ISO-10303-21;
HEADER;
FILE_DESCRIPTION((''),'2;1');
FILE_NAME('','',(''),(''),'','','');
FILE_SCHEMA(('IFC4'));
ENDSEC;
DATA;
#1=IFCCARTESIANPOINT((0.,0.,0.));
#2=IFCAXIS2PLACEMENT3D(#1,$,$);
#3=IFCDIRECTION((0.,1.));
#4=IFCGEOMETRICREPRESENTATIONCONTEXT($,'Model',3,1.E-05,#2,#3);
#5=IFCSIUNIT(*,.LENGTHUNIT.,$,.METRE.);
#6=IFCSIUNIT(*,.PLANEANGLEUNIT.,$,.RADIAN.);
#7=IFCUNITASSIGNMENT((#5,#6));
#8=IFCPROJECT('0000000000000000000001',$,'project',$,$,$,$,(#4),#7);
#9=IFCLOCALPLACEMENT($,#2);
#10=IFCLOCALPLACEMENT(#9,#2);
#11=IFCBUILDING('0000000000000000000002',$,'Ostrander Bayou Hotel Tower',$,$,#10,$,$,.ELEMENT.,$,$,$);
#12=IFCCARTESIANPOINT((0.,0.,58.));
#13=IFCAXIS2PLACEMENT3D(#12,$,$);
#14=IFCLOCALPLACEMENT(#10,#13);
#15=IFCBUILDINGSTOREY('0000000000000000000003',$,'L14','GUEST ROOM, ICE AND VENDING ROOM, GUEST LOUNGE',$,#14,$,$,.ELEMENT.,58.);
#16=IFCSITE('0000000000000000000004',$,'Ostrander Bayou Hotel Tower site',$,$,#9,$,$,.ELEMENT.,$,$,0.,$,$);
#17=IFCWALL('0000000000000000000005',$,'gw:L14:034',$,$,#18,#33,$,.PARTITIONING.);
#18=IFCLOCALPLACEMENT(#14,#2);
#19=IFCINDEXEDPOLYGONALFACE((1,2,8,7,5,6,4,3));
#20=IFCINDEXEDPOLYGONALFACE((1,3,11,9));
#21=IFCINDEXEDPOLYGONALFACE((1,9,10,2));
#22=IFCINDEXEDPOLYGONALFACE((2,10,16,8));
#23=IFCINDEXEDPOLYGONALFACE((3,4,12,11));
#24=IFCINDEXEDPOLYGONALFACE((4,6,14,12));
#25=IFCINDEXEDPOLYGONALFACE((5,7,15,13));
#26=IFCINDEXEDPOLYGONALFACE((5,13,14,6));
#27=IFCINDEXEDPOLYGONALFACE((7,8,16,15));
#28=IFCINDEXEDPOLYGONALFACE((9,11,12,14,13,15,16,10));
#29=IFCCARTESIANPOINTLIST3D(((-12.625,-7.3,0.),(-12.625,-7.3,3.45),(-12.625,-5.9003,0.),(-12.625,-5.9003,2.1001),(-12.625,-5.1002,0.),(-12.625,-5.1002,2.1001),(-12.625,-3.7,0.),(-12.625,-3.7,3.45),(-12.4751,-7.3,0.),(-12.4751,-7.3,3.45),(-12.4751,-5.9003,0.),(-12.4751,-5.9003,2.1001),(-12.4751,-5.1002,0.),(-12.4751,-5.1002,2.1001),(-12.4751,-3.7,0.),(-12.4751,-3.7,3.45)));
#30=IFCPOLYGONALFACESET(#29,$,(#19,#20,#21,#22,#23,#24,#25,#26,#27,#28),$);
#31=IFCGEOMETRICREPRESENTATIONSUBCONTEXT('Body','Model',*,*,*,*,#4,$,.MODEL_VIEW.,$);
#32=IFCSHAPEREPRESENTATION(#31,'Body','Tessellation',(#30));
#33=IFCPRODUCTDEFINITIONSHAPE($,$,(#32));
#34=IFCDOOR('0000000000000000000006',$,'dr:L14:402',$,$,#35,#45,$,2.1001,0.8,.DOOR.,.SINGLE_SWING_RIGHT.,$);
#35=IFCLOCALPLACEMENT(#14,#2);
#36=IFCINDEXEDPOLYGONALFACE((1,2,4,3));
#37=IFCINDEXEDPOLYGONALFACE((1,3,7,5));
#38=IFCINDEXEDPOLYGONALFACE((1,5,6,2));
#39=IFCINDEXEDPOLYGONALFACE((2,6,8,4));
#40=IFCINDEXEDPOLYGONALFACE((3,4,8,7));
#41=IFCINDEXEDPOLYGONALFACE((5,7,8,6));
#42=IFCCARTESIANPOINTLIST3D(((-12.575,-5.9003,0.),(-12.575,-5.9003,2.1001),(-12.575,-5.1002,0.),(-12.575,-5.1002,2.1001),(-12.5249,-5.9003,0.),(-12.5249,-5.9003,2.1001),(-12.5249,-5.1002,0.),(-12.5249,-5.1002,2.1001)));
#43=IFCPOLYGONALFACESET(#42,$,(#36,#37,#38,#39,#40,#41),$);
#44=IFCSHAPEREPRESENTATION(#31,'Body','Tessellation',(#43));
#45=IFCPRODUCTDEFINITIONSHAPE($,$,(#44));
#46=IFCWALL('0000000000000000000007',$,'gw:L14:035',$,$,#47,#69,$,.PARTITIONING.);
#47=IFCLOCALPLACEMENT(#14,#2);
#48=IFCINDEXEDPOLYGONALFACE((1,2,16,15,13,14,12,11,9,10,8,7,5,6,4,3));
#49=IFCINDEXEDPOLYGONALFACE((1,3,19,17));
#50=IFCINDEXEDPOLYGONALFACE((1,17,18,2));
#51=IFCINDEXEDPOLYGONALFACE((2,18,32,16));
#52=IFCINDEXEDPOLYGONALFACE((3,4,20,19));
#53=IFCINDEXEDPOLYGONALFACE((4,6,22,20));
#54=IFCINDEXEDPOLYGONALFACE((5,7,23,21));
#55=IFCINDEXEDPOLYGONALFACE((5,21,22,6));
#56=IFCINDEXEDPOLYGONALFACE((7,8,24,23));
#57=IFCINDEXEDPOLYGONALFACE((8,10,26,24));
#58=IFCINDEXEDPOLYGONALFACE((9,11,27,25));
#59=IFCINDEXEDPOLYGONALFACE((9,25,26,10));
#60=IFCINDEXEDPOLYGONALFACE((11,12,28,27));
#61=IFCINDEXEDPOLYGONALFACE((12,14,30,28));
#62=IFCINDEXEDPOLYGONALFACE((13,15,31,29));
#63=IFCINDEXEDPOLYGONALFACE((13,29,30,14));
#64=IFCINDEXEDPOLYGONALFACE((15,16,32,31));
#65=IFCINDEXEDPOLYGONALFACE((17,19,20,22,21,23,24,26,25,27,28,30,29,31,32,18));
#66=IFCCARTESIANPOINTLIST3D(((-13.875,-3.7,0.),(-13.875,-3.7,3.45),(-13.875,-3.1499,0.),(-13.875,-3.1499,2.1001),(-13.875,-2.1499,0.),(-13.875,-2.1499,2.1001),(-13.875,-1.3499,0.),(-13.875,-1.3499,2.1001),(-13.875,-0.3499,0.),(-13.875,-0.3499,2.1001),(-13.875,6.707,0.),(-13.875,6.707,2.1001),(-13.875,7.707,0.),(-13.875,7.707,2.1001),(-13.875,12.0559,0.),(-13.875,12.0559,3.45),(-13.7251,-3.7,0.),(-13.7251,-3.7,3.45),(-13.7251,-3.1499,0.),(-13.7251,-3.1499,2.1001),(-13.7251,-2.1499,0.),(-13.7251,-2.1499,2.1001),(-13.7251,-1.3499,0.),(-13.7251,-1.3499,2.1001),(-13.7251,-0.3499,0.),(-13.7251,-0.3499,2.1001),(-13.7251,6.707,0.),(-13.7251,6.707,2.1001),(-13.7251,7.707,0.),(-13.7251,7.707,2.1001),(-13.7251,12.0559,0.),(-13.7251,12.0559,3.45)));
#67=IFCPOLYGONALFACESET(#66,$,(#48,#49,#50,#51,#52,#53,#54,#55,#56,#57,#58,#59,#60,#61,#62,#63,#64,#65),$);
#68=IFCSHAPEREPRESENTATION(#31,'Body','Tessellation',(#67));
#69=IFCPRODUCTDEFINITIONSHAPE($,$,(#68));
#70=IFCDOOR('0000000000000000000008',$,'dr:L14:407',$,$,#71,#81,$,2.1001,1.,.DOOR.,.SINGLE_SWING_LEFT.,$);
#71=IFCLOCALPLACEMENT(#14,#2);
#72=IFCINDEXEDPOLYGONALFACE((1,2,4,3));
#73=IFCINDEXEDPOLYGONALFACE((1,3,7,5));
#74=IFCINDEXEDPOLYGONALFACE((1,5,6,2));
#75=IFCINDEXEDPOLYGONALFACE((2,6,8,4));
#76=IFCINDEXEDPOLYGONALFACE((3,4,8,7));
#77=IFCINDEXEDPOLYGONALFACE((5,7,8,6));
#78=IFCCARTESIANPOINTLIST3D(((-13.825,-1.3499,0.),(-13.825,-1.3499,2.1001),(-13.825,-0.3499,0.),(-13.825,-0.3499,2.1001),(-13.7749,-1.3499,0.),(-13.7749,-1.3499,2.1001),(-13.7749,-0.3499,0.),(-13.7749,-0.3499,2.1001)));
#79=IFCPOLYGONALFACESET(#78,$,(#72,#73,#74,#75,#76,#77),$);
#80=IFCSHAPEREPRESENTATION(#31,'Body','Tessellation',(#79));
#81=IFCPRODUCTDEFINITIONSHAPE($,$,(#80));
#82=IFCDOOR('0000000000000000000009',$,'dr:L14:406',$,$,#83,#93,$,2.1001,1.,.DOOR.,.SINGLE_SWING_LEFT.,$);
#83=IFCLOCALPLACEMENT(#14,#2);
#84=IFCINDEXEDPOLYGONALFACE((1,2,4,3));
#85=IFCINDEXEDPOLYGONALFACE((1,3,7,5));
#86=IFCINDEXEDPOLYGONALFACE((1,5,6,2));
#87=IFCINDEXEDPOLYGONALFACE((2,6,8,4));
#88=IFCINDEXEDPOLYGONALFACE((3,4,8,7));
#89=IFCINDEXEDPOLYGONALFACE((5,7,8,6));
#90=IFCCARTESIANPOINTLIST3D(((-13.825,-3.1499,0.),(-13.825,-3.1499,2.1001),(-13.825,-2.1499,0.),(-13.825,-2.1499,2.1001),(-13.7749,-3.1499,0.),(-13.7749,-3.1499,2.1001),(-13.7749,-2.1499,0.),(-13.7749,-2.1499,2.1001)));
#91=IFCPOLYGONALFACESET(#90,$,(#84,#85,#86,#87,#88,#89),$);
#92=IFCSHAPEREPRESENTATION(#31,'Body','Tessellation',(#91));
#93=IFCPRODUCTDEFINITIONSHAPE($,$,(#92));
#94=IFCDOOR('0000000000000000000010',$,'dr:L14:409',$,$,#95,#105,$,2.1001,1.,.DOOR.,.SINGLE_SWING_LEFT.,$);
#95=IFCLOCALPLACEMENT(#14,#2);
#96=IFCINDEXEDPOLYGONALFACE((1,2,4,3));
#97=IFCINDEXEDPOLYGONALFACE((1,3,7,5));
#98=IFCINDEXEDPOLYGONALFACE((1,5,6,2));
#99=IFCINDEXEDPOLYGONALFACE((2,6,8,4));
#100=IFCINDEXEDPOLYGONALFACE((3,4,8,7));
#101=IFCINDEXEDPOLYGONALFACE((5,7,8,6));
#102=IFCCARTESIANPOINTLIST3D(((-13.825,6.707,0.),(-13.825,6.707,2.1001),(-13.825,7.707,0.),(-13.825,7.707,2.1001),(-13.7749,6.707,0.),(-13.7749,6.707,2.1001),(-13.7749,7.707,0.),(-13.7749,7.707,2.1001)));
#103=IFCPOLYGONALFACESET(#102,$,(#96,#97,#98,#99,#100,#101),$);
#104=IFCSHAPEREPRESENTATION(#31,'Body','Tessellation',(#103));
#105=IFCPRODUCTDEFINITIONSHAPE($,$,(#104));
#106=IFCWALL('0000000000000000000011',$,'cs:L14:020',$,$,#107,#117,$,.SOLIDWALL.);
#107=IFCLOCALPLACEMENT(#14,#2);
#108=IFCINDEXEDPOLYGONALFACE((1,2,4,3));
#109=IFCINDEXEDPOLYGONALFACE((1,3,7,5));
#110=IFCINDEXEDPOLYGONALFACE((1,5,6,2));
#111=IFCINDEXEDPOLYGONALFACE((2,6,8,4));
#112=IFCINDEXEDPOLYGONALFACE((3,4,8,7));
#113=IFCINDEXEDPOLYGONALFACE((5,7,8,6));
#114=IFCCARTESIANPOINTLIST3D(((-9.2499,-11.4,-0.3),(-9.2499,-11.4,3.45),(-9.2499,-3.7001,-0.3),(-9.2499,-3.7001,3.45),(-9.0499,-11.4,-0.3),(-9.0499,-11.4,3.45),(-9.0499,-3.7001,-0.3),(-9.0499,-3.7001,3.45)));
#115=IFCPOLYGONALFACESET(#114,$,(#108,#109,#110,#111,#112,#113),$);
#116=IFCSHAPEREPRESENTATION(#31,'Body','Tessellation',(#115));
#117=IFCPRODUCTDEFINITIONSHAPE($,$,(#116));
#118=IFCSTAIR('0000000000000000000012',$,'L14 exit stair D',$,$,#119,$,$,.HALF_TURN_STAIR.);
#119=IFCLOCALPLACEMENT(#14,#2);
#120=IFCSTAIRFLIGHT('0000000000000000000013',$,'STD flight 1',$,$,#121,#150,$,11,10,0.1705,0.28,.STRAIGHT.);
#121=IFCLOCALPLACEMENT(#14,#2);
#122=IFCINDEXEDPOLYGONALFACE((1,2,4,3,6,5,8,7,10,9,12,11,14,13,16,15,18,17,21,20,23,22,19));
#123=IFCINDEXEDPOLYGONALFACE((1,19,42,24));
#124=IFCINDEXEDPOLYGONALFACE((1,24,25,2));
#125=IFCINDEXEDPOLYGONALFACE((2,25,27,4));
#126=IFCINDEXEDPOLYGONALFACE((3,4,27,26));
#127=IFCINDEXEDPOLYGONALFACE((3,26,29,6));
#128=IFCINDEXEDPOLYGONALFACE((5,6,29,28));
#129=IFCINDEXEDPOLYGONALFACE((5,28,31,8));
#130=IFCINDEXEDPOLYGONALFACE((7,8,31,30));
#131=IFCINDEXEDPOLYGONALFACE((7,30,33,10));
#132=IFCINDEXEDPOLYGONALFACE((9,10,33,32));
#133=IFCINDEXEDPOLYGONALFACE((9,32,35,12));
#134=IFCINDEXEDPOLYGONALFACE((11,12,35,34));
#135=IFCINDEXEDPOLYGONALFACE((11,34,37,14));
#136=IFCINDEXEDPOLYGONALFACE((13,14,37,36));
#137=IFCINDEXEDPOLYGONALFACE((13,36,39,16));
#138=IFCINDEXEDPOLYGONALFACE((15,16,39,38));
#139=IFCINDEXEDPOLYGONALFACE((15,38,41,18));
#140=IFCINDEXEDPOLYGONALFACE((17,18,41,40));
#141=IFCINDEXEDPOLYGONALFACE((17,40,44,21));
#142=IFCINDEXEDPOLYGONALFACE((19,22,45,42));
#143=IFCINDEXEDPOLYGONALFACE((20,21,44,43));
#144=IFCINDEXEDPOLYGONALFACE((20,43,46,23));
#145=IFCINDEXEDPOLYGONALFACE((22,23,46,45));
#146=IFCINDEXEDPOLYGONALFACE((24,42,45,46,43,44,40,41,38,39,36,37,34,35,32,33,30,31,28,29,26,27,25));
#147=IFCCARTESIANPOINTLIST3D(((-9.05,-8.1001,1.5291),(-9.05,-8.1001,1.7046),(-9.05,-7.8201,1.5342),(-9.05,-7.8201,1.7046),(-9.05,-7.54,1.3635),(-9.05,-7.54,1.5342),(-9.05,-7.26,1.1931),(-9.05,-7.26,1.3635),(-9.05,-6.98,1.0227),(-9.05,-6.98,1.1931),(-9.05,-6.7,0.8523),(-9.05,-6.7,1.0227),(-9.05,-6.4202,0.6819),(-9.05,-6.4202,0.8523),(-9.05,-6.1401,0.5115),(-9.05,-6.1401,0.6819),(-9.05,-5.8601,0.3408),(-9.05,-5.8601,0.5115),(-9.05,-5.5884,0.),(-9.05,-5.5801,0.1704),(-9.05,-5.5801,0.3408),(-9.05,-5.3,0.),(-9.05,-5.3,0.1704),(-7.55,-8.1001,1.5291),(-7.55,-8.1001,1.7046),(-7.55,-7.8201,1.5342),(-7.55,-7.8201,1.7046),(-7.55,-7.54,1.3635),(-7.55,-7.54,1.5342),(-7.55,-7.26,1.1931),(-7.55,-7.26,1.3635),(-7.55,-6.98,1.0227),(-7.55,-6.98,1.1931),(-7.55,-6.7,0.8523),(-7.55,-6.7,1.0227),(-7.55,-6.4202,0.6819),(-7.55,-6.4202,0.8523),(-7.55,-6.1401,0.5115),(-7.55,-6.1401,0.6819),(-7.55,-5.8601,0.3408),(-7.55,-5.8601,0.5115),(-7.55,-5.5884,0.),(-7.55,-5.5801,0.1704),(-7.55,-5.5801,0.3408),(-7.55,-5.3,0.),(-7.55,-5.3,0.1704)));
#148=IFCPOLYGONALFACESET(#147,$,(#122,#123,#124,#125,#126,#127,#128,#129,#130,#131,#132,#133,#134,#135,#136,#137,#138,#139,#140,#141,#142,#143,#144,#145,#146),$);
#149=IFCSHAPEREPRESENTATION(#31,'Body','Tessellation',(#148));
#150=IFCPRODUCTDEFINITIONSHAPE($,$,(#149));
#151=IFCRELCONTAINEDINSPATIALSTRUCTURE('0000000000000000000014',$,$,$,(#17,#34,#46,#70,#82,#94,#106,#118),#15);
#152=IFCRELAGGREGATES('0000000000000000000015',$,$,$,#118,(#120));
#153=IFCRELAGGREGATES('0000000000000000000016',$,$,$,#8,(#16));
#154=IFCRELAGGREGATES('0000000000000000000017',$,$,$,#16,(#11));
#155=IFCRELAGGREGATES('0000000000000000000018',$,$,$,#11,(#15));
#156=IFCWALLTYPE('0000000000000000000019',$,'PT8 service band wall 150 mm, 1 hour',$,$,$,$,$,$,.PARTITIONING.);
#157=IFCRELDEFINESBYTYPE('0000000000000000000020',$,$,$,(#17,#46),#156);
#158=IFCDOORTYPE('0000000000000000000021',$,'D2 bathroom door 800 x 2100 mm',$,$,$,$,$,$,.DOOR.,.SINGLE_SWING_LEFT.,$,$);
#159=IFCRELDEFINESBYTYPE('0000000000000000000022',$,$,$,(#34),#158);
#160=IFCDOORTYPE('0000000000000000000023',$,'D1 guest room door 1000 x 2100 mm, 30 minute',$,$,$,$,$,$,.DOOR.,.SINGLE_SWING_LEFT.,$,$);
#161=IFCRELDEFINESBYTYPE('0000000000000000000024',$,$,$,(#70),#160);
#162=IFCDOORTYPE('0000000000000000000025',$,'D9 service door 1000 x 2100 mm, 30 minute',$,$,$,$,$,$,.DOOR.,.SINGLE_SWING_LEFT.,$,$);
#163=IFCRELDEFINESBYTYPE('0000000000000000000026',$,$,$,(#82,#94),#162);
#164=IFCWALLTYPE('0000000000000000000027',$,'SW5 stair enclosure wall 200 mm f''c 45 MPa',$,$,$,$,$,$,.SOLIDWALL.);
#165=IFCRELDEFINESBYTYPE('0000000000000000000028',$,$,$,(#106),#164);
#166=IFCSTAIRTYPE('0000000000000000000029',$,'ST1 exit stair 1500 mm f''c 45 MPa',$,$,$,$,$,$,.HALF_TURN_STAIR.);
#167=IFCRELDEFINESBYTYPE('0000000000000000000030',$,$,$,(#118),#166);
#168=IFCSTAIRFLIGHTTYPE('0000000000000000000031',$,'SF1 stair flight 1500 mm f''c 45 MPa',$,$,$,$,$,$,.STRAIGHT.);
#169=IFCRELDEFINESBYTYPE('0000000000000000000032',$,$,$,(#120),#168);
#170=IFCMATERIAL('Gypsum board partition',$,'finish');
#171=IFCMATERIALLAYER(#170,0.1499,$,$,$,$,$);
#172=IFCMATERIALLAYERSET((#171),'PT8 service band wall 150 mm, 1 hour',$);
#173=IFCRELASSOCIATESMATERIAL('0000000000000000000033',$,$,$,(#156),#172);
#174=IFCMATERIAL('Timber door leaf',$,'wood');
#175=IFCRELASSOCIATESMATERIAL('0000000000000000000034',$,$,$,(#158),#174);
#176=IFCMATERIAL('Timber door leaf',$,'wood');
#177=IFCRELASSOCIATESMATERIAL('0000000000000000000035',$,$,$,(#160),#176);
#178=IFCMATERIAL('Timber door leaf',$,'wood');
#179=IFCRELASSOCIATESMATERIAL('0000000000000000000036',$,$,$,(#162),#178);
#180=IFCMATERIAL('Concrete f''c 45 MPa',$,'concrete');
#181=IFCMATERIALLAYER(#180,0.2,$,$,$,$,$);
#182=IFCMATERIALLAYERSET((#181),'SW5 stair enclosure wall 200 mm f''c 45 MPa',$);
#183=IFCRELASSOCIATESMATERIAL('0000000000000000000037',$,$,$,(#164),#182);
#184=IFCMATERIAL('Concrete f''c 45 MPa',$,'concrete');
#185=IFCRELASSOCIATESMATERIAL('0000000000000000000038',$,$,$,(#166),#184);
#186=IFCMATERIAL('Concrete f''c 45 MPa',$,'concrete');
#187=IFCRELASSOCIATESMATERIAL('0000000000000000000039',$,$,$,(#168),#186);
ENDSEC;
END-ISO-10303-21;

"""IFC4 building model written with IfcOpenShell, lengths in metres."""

from ifc_helpers import new_model, si_unit, direction, frame, frame_2d, origin, place, context, subcontext, project, spatial, polyline, rectangle, outline, extrude, material, layer, layer_set, type_object, element, fill, aggregate, save


model = new_model("IFC4")

# Units and contexts
model_context = context("Model", 3, precision=1e-05, world=origin(), true_north=direction((0.0, 1.0)))
body_context = subcontext(model_context, "Body", "Model", "MODEL_VIEW")
ifc_project = project(units=[si_unit("LENGTHUNIT", "METRE"), si_unit("PLANEANGLEUNIT", "RADIAN")], contexts=[model_context])

# Site, building, storey
site_placement = place(None, origin())
site = spatial("IfcSite", under=ifc_project, at=site_placement, Name="Ostrander Bayou Hotel Tower site", CompositionType="ELEMENT", RefElevation=0.0)
building_placement = place(site_placement, origin())
building = spatial("IfcBuilding", under=site, at=building_placement, Name="Ostrander Bayou Hotel Tower", CompositionType="ELEMENT")
storey_placement = place(building_placement, frame((0.0, 0.0, 58.0)))
storey = spatial("IfcBuildingStorey", under=building, at=storey_placement, Name="L14", Description="GUEST ROOM, ICE AND VENDING ROOM, GUEST LOUNGE", CompositionType="ELEMENT", Elevation=58.0)

# Wall, opening, door
ifc_material_1 = material(Name="Gypsum board partition", Category="finish")
ifc_layer_1 = layer(ifc_material_1, 0.1499)
ifc_layer_set_1 = layer_set([ifc_layer_1], Name="PT8 service band wall 150 mm, 1 hour")
wall_type_1 = type_object("IfcWallType", Name="PT8 service band wall 150 mm, 1 hour", PredefinedType="PARTITIONING", material=ifc_layer_set_1)
wall_1_placement = place(storey_placement, frame((-12.55, -7.3, 0.0), z_axis=(0.0, 0.0, 1.0), x_axis=(0.0, 1.0, 0.0)))
wall_1 = element("IfcWall", 1, at=wall_1_placement, inside=storey, type_object=wall_type_1, Name="gw:L14:034", PredefinedType="PARTITIONING", context=body_context, shape_type="SweptSolid", body=[
    extrude(rectangle(XDim=3.6001, YDim=0.1499, at=frame_2d((1.8, 0.0))), origin(), (0.0, 0.0, 1.0), 3.45),
])
opening_1_placement = place(wall_1_placement, frame((1.3999, 0.0, 0.0)))
opening_1 = element("IfcOpeningElement", 2, at=opening_1_placement, cuts=wall_1, PredefinedType="OPENING", context=body_context, shape_type="SweptSolid", body=[
    extrude(rectangle(XDim=0.8, YDim=2.1001, at=frame_2d((0.3999, 1.05))), frame((0.0, 0.075, 0.0), z_axis=(0.0, -1.0, 0.0), x_axis=(1.0, 0.0, 0.0)), (0.0, 0.0, 1.0), 0.1499),
])
ifc_material_2 = material(Name="Timber door leaf", Category="wood")
door_type_1 = type_object("IfcDoorType", Name="D2 bathroom door 800 x 2100 mm", OperationType="SINGLE_SWING_LEFT", PredefinedType="DOOR", material=ifc_material_2)
door_1_placement = place(opening_1_placement, origin())
door_1 = element("IfcDoor", 3, at=door_1_placement, inside=storey, type_object=door_type_1, Name="dr:L14:402", OperationType="SINGLE_SWING_RIGHT", OverallHeight=2.1001, OverallWidth=0.8, PredefinedType="DOOR", context=body_context, shape_type="SweptSolid", body=[
    extrude(rectangle(XDim=0.8, YDim=2.1001, at=frame_2d((0.3999, 1.05))), frame((0.0, 0.0249, 0.0), z_axis=(0.0, -1.0, 0.0), x_axis=(1.0, 0.0, 0.0)), (0.0, 0.0, 1.0), 0.05),
])
fill(opening_1, door_1)

# Wall, openings, doors
wall_2_placement = place(storey_placement, frame((-13.8, -3.7, 0.0), z_axis=(0.0, 0.0, 1.0), x_axis=(0.0, 1.0, 0.0)))
wall_2 = element("IfcWall", 4, at=wall_2_placement, inside=storey, type_object=wall_type_1, Name="gw:L14:035", PredefinedType="PARTITIONING", context=body_context, shape_type="SweptSolid", body=[
    extrude(rectangle(XDim=15.7559, YDim=0.1499, at=frame_2d((7.8779, 0.0))), origin(), (0.0, 0.0, 1.0), 3.45),
])
opening_2_placement = place(wall_2_placement, frame((0.55, 0.0, 0.0)))
opening_2 = element("IfcOpeningElement", 5, at=opening_2_placement, cuts=wall_2, PredefinedType="OPENING", context=body_context, shape_type="SweptSolid", body=[
    extrude(rectangle(XDim=1.0, YDim=2.1001, at=frame_2d((0.5, 1.05))), frame((0.0, 0.075, 0.0), z_axis=(0.0, -1.0, 0.0), x_axis=(1.0, 0.0, 0.0)), (0.0, 0.0, 1.0), 0.1499),
])
opening_3_placement = place(wall_2_placement, frame((2.3501, 0.0, 0.0)))
opening_3 = element("IfcOpeningElement", 6, at=opening_3_placement, cuts=wall_2, PredefinedType="OPENING", context=body_context, shape_type="SweptSolid", body=[
    extrude(rectangle(XDim=1.0, YDim=2.1001, at=frame_2d((0.5, 1.05))), frame((0.0, 0.075, 0.0), z_axis=(0.0, -1.0, 0.0), x_axis=(1.0, 0.0, 0.0)), (0.0, 0.0, 1.0), 0.1499),
])
opening_4_placement = place(wall_2_placement, frame((10.407, 0.0, 0.0)))
opening_4 = element("IfcOpeningElement", 7, at=opening_4_placement, cuts=wall_2, PredefinedType="OPENING", context=body_context, shape_type="SweptSolid", body=[
    extrude(rectangle(XDim=1.0, YDim=2.1001, at=frame_2d((0.5, 1.05))), frame((0.0, 0.075, 0.0), z_axis=(0.0, -1.0, 0.0), x_axis=(1.0, 0.0, 0.0)), (0.0, 0.0, 1.0), 0.1499),
])
ifc_material_3 = material(Name="Timber door leaf", Category="wood")
door_type_2 = type_object("IfcDoorType", Name="D1 guest room door 1000 x 2100 mm, 30 minute", OperationType="SINGLE_SWING_LEFT", PredefinedType="DOOR", material=ifc_material_3)
door_2_placement = place(opening_3_placement, origin())
door_2 = element("IfcDoor", 8, at=door_2_placement, inside=storey, type_object=door_type_2, Name="dr:L14:407", OperationType="SINGLE_SWING_LEFT", OverallHeight=2.1001, OverallWidth=1.0, PredefinedType="DOOR", context=body_context, shape_type="SweptSolid", body=[
    extrude(rectangle(XDim=1.0, YDim=2.1001, at=frame_2d((0.5, 1.05))), frame((0.0, 0.0249, 0.0), z_axis=(0.0, -1.0, 0.0), x_axis=(1.0, 0.0, 0.0)), (0.0, 0.0, 1.0), 0.05),
])
fill(opening_3, door_2)
ifc_material_4 = material(Name="Timber door leaf", Category="wood")
door_type_3 = type_object("IfcDoorType", Name="D9 service door 1000 x 2100 mm, 30 minute", OperationType="SINGLE_SWING_LEFT", PredefinedType="DOOR", material=ifc_material_4)
door_3_placement = place(opening_2_placement, origin())
door_3 = element("IfcDoor", 9, at=door_3_placement, inside=storey, type_object=door_type_3, Name="dr:L14:406", OperationType="SINGLE_SWING_LEFT", OverallHeight=2.1001, OverallWidth=1.0, PredefinedType="DOOR", context=body_context, shape_type="SweptSolid", body=[
    extrude(rectangle(XDim=1.0, YDim=2.1001, at=frame_2d((0.5, 1.05))), frame((0.0, 0.0249, 0.0), z_axis=(0.0, -1.0, 0.0), x_axis=(1.0, 0.0, 0.0)), (0.0, 0.0, 1.0), 0.05),
])
fill(opening_2, door_3)
door_4_placement = place(opening_4_placement, origin())
door_4 = element("IfcDoor", 10, at=door_4_placement, inside=storey, type_object=door_type_3, Name="dr:L14:409", OperationType="SINGLE_SWING_LEFT", OverallHeight=2.1001, OverallWidth=1.0, PredefinedType="DOOR", context=body_context, shape_type="SweptSolid", body=[
    extrude(rectangle(XDim=1.0, YDim=2.1001, at=frame_2d((0.5, 1.05))), frame((0.0, 0.0249, 0.0), z_axis=(0.0, -1.0, 0.0), x_axis=(1.0, 0.0, 0.0)), (0.0, 0.0, 1.0), 0.05),
])
fill(opening_4, door_4)

# Shared definitions
ifc_material_5 = material(Name="Concrete f'c 45 MPa", Category="concrete")
ifc_layer_2 = layer(ifc_material_5, 0.2)
ifc_layer_set_2 = layer_set([ifc_layer_2], Name="SW5 stair enclosure wall 200 mm f'c 45 MPa")
wall_type_2 = type_object("IfcWallType", Name="SW5 stair enclosure wall 200 mm f'c 45 MPa", PredefinedType="SOLIDWALL", material=ifc_layer_set_2)

# Wall
wall_3_placement = place(storey_placement, frame((-9.1499, -3.7, -0.3), z_axis=(0.0, 0.0, 1.0), x_axis=(0.0, -1.0, 0.0)))
element("IfcWall", 11, at=wall_3_placement, inside=storey, type_object=wall_type_2, Name="cs:L14:020", PredefinedType="SOLIDWALL", context=body_context, shape_type="SweptSolid", body=[
    extrude(rectangle(XDim=7.7, YDim=0.2, at=frame_2d((3.8501, 0.0))), origin(), (0.0, 0.0, 1.0), 3.75),
])

# Stair, stair flight
ifc_material_6 = material(Name="Concrete f'c 45 MPa", Category="concrete")
stair_type = type_object("IfcStairType", Name="ST1 exit stair 1500 mm f'c 45 MPa", PredefinedType="HALF_TURN_STAIR", material=ifc_material_6)
stair_placement = place(storey_placement, origin())
stair = element("IfcStair", 12, at=stair_placement, inside=storey, type_object=stair_type, Name="L14 exit stair D", PredefinedType="HALF_TURN_STAIR")
ifc_material_7 = material(Name="Concrete f'c 45 MPa", Category="concrete")
stair_flight_type = type_object("IfcStairFlightType", Name="SF1 stair flight 1500 mm f'c 45 MPa", PredefinedType="STRAIGHT", material=ifc_material_7)
stair_flight_placement = place(storey_placement, frame((-8.3, -5.3, 0.0), z_axis=(0.0, 0.0, 1.0), x_axis=(0.0, -1.0, 0.0)))
stair_flight = element("IfcStairFlight", 13, at=stair_flight_placement, type_object=stair_flight_type, Name="STD flight 1", NumberOfRisers=11, NumberOfTreads=10, PredefinedType="STRAIGHT", RiserHeight=0.1705, TreadLength=0.28, context=body_context, shape_type="SweptSolid", body=[
    extrude(outline(polyline([(0.0, 0.0), (0.0, 0.1704), (0.28, 0.1704), (0.28, 0.3408), (0.5601, 0.3408), (0.5601, 0.5115), (0.8401, 0.5115), (0.8401, 0.6819), (1.1201, 0.6819), (1.1201, 0.8523), (1.3999, 0.8523), (1.3999, 1.0227), (1.6799, 1.0227), (1.6799, 1.1931), (1.96, 1.1931), (1.96, 1.3635), (2.24, 1.3635), (2.24, 1.5342), (2.52, 1.5342), (2.52, 1.7046), (2.8, 1.7046), (2.8, 1.875), (2.8, 1.5291), (0.2883, 0.0), (0.0, 0.0)])), frame((0.0, 0.75, 0.0), z_axis=(0.0, -1.0, 0.0), x_axis=(1.0, 0.0, 0.0)), (0.0, 0.0, 1.0), 1.5),
])
aggregate(stair, [stair_flight])

save(model, "model.ifc")
